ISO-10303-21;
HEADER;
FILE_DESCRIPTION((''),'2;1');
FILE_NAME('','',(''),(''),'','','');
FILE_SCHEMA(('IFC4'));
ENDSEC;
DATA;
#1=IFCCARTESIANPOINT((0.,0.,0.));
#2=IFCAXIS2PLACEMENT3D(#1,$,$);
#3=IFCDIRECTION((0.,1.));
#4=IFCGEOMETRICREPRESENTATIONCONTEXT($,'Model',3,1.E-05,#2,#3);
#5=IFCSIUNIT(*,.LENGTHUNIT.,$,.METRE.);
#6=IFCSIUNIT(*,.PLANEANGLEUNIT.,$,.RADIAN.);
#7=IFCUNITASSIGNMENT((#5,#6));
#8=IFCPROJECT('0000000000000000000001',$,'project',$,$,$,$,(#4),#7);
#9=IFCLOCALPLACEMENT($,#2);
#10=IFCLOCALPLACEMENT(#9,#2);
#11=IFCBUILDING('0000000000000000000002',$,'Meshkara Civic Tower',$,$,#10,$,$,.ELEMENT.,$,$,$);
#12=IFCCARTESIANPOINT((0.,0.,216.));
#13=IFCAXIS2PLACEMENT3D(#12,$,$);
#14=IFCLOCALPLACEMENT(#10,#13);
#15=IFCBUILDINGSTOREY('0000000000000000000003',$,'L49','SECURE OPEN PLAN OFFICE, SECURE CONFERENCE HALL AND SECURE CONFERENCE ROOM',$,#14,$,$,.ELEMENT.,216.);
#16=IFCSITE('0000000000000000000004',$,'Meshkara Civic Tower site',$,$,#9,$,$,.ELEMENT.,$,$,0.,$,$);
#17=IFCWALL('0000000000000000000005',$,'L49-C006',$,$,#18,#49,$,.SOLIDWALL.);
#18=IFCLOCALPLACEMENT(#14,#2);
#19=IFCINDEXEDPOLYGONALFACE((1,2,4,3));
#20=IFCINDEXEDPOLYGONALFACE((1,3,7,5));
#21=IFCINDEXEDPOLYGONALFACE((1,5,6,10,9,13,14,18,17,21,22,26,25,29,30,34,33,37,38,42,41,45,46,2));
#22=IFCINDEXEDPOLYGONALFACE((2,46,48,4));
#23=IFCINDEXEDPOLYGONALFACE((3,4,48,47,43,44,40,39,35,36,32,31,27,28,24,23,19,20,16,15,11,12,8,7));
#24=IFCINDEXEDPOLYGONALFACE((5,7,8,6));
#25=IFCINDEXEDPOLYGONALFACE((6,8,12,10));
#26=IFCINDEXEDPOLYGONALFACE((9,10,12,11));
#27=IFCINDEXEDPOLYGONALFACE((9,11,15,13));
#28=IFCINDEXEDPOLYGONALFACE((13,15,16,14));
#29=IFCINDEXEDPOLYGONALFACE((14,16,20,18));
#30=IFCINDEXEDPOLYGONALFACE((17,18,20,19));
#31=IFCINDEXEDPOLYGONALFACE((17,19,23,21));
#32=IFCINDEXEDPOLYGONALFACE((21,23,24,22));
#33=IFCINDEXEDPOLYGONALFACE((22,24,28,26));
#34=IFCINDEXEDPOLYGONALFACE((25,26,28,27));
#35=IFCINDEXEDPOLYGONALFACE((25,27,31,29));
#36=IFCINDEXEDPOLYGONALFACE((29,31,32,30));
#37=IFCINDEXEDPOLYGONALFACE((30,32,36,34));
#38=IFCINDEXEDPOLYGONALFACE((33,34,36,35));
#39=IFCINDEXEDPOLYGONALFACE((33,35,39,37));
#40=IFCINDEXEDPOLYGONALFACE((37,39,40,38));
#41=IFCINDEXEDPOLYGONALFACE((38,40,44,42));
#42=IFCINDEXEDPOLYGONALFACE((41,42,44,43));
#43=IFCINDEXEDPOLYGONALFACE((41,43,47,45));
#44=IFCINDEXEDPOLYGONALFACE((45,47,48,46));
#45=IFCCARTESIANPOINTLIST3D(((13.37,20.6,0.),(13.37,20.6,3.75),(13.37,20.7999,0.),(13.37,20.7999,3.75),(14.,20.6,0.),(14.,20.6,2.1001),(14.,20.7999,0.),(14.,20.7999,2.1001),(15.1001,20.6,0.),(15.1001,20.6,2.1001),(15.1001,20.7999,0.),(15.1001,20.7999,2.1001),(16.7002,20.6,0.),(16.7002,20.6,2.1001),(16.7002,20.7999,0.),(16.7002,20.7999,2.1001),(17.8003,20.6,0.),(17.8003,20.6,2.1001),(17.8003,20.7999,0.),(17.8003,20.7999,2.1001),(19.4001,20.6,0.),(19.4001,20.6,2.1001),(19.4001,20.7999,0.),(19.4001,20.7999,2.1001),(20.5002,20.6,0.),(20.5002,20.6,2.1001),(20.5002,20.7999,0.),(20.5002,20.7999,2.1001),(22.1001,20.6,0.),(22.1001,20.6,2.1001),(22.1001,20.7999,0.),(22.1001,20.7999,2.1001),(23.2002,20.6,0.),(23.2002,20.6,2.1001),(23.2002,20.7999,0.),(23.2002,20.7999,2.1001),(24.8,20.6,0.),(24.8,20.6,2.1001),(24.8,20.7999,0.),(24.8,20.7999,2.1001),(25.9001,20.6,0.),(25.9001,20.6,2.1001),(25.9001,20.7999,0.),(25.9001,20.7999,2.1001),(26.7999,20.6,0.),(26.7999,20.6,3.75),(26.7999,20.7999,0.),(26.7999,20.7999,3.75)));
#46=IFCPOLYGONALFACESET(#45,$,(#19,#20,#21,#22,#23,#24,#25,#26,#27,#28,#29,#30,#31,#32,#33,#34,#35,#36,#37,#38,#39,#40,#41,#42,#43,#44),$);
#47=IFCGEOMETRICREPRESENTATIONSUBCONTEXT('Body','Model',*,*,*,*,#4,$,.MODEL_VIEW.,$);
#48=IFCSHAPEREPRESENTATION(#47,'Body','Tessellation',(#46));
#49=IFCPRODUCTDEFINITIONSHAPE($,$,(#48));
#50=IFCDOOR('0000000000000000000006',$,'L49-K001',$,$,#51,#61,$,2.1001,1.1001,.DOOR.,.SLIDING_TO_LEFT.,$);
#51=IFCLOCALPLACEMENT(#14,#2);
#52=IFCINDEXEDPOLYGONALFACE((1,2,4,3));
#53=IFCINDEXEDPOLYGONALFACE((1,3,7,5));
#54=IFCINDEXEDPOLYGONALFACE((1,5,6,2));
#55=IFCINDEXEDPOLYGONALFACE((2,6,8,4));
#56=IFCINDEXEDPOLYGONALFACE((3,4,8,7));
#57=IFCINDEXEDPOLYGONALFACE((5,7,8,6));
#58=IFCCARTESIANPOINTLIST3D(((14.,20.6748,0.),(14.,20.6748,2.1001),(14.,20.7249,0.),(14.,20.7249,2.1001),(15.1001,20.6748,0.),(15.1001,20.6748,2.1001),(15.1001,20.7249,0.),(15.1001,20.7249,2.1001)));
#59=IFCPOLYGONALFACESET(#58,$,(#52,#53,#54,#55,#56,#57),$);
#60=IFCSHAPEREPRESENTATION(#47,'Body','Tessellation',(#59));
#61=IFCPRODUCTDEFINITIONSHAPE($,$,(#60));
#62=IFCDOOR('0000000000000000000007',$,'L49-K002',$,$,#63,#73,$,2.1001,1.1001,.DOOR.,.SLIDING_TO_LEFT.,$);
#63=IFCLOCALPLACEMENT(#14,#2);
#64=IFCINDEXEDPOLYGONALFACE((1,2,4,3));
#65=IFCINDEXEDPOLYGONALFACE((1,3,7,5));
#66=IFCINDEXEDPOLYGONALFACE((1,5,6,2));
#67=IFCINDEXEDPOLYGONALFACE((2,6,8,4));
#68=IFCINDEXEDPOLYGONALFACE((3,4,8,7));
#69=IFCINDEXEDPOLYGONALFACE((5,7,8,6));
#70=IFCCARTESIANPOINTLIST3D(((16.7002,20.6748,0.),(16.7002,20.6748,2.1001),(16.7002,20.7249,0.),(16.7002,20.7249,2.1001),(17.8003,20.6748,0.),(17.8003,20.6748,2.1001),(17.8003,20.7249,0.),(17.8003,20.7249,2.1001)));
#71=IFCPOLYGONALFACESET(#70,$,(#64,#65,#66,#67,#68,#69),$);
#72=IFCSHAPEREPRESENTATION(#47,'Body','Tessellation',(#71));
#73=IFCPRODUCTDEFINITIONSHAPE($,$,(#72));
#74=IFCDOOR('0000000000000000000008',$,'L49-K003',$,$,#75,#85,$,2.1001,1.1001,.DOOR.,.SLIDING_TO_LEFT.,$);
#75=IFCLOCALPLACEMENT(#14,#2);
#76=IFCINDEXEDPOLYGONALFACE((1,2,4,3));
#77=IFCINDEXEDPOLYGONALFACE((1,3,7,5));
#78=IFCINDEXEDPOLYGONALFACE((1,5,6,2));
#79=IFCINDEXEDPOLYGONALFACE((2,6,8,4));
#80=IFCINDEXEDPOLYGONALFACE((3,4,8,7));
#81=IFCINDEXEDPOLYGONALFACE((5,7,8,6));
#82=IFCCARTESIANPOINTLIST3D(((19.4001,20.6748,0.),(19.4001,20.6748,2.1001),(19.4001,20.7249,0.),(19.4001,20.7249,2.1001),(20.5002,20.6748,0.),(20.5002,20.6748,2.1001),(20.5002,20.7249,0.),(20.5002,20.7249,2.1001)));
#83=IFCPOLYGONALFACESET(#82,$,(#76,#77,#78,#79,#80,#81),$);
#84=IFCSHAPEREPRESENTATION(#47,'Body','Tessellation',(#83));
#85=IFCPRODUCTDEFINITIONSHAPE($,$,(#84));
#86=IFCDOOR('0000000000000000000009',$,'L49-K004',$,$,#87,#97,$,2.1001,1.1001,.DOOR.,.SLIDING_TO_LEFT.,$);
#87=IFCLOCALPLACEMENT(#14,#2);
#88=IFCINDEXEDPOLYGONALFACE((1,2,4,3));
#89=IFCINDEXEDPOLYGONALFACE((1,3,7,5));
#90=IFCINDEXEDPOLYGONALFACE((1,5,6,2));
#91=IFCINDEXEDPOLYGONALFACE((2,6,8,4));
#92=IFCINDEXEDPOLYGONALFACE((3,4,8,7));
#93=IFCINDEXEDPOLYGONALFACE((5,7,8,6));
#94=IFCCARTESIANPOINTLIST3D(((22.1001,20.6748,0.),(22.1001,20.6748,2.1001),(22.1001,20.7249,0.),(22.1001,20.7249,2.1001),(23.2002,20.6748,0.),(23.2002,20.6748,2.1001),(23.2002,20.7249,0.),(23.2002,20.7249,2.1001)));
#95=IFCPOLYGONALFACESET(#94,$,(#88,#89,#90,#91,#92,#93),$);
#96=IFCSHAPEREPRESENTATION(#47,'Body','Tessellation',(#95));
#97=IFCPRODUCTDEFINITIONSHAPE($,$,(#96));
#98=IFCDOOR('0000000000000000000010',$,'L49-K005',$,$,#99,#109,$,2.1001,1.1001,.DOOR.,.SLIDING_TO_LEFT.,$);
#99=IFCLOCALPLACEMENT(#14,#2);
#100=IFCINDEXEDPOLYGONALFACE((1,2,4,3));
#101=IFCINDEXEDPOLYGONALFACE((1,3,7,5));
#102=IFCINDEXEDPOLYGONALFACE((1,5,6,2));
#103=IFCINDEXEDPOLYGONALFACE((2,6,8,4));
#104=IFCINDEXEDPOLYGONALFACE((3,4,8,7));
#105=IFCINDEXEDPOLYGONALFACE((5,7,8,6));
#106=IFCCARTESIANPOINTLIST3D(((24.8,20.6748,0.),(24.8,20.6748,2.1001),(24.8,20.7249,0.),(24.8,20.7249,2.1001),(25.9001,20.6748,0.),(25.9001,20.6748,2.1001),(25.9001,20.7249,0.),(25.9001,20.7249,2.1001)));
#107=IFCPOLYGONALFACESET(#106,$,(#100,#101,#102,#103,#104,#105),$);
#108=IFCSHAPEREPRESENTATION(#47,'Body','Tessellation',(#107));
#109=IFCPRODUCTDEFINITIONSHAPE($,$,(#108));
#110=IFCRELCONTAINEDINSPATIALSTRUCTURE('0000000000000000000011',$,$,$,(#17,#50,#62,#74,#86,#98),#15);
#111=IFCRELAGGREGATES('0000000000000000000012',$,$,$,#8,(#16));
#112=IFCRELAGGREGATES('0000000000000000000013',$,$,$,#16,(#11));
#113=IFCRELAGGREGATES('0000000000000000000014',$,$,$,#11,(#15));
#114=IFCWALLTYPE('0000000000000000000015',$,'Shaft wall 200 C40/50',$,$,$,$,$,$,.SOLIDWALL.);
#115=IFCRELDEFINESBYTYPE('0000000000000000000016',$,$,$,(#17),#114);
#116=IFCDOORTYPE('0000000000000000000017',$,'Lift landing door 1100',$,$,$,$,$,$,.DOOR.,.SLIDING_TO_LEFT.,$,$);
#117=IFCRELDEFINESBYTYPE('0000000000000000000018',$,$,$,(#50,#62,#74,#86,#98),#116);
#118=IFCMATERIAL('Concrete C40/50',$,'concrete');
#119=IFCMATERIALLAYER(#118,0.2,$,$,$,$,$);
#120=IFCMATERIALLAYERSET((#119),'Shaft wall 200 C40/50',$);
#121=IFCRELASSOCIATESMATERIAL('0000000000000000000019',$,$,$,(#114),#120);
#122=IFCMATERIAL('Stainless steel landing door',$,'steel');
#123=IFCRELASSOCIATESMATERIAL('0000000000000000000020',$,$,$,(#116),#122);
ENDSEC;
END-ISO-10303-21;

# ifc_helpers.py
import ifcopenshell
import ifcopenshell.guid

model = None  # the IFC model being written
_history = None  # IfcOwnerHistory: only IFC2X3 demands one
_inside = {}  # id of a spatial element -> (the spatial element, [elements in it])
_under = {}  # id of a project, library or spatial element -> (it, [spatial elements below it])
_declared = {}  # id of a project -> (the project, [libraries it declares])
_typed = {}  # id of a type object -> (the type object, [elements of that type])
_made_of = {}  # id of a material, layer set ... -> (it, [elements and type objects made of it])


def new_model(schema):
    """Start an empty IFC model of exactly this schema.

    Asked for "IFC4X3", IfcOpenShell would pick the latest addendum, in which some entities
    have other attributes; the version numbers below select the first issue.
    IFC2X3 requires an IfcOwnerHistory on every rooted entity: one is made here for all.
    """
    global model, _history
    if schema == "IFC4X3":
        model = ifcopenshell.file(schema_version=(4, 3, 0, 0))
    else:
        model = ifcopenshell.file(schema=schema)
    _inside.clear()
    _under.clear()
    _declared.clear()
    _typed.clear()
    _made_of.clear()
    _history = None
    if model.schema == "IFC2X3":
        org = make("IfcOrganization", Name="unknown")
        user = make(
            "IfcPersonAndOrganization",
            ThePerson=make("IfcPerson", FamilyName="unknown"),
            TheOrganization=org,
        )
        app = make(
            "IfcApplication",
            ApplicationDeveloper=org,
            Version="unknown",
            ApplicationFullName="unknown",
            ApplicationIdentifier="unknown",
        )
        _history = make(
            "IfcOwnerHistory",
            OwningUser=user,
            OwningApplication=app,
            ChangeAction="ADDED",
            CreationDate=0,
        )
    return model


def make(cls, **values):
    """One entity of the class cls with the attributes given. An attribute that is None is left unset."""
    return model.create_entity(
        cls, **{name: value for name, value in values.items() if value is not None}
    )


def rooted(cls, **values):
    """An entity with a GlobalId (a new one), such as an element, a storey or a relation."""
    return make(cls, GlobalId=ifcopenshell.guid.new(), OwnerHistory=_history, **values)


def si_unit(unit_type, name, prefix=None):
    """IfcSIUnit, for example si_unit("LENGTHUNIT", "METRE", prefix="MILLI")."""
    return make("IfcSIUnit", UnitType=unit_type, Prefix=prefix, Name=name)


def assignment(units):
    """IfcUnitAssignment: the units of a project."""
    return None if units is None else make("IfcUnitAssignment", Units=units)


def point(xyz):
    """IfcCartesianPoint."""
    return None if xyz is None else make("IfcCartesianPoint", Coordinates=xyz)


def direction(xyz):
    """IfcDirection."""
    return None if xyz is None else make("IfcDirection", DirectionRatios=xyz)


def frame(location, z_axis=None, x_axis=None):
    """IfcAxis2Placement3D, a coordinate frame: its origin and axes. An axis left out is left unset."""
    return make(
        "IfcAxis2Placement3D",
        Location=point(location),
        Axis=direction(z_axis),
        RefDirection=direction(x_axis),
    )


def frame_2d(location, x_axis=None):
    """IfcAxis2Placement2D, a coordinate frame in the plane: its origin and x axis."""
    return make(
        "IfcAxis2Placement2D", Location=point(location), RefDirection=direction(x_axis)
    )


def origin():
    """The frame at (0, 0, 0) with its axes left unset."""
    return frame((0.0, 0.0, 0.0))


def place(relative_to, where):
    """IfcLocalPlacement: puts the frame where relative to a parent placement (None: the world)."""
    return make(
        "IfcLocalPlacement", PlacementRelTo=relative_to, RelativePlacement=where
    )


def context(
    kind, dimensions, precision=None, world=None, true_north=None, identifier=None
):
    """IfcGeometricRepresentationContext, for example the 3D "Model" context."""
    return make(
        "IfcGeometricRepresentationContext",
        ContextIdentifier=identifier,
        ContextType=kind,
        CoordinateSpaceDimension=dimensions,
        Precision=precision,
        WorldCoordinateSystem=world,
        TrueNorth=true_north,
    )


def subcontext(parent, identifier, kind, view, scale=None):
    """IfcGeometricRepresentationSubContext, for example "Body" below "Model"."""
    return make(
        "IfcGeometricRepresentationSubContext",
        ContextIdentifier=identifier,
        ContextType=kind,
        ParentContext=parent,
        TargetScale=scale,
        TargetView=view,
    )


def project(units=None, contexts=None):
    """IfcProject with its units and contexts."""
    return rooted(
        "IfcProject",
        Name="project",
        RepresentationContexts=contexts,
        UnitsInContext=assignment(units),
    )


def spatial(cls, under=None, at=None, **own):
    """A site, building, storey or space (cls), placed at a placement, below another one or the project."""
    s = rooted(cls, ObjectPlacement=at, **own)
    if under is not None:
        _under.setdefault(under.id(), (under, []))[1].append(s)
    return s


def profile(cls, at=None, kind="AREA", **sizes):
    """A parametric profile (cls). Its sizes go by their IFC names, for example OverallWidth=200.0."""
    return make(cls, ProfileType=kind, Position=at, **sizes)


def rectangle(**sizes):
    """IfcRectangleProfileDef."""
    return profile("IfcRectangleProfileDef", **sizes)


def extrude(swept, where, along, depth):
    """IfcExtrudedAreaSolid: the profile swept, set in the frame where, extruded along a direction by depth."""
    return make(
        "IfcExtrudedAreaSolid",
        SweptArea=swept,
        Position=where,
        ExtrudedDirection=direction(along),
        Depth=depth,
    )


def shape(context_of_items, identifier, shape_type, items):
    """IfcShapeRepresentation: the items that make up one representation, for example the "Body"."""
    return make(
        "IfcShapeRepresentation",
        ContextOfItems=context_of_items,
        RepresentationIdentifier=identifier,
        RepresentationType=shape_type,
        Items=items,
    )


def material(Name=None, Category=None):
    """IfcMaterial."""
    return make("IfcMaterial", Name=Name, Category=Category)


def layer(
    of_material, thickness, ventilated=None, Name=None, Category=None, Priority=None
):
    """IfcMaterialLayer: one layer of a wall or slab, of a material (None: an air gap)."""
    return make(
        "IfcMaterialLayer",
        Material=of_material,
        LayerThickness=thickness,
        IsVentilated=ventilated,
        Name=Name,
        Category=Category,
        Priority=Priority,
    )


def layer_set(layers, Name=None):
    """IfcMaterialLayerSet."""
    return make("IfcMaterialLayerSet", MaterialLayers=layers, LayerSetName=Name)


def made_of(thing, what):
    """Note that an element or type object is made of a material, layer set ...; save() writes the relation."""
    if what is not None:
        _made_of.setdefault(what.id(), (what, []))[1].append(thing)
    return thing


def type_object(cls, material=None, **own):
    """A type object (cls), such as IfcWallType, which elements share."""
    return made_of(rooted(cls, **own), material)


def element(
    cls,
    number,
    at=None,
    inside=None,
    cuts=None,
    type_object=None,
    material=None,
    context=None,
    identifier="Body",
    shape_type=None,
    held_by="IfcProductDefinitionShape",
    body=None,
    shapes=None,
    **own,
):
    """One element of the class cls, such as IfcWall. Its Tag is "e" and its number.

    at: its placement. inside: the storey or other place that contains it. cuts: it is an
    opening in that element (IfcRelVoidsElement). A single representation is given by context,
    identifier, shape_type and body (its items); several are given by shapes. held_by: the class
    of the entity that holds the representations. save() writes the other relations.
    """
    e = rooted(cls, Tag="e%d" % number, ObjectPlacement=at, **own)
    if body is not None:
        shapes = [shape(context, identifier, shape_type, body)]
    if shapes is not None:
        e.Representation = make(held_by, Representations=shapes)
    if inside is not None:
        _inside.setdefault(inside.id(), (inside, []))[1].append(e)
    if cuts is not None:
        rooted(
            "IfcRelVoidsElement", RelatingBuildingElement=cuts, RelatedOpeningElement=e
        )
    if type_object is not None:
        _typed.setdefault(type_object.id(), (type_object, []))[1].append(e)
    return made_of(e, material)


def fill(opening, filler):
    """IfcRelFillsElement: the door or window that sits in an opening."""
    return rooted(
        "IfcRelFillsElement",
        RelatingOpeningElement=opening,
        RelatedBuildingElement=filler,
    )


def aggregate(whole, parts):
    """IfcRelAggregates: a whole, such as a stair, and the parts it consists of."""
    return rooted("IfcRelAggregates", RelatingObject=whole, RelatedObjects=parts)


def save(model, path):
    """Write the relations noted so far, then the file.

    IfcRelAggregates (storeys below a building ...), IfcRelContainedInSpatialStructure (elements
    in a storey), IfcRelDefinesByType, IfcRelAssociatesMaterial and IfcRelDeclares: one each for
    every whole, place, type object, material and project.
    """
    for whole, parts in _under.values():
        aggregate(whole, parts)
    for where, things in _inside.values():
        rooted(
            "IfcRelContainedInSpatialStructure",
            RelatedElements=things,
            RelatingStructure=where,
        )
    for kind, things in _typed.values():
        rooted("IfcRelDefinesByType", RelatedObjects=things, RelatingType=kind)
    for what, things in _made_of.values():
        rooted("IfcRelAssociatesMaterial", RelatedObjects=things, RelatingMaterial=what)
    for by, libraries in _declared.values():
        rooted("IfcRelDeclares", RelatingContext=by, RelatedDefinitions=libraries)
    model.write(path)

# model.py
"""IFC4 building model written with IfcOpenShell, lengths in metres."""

from ifc_helpers import new_model, si_unit, direction, frame, frame_2d, origin, place, context, subcontext, project, spatial, rectangle, extrude, material, layer, layer_set, type_object, element, fill, save


model = new_model("IFC4")

# Units and contexts
model_context = context("Model", 3, precision=1e-05, world=origin(), true_north=direction((0.0, 1.0)))
body_context = subcontext(model_context, "Body", "Model", "MODEL_VIEW")
ifc_project = project(units=[si_unit("LENGTHUNIT", "METRE"), si_unit("PLANEANGLEUNIT", "RADIAN")], contexts=[model_context])

# Site, building, storey
site_placement = place(None, origin())
site = spatial("IfcSite", under=ifc_project, at=site_placement, Name="Meshkara Civic Tower site", CompositionType="ELEMENT", RefElevation=0.0)
building_placement = place(site_placement, origin())
building = spatial("IfcBuilding", under=site, at=building_placement, Name="Meshkara Civic Tower", CompositionType="ELEMENT")
storey_placement = place(building_placement, frame((0.0, 0.0, 216.0)))
storey = spatial("IfcBuildingStorey", under=building, at=storey_placement, Name="L49", Description="SECURE OPEN PLAN OFFICE, SECURE CONFERENCE HALL AND SECURE CONFERENCE ROOM", CompositionType="ELEMENT", Elevation=216.0)

# Wall, openings, doors
ifc_material_1 = material(Name="Concrete C40/50", Category="concrete")
ifc_layer_1 = layer(ifc_material_1, 0.2)
ifc_layer_set_1 = layer_set([ifc_layer_1], Name="Shaft wall 200 C40/50")
wall_type_1 = type_object("IfcWallType", Name="Shaft wall 200 C40/50", PredefinedType="SOLIDWALL", material=ifc_layer_set_1)
wall_1_placement = place(storey_placement, frame((13.3701, 20.7, 0.0), z_axis=(0.0, 0.0, 1.0), x_axis=(1.0, 0.0, 0.0)))
wall_1 = element("IfcWall", 1, at=wall_1_placement, inside=storey, type_object=wall_type_1, Name="L49-C006", PredefinedType="SOLIDWALL", context=body_context, shape_type="SweptSolid", body=[
    extrude(rectangle(XDim=13.4299, YDim=0.2, at=frame_2d((6.7148, 0.0))), origin(), (0.0, 0.0, 1.0), 3.75),
])
opening_1_placement = place(wall_1_placement, frame((0.6299, 0.0, 0.0)))
opening_1 = element("IfcOpeningElement", 2, at=opening_1_placement, cuts=wall_1, PredefinedType="OPENING", context=body_context, shape_type="SweptSolid", body=[
    extrude(rectangle(XDim=1.1001, YDim=2.1001, at=frame_2d((0.55, 1.05))), frame((0.0, 0.1099, 0.0), z_axis=(0.0, -1.0, 0.0), x_axis=(1.0, 0.0, 0.0)), (0.0, 0.0, 1.0), 0.22),
])
opening_2_placement = place(wall_1_placement, frame((3.3301, 0.0, 0.0)))
opening_2 = element("IfcOpeningElement", 3, at=opening_2_placement, cuts=wall_1, PredefinedType="OPENING", context=body_context, shape_type="SweptSolid", body=[
    extrude(rectangle(XDim=1.1001, YDim=2.1001, at=frame_2d((0.55, 1.05))), frame((0.0, 0.1099, 0.0), z_axis=(0.0, -1.0, 0.0), x_axis=(1.0, 0.0, 0.0)), (0.0, 0.0, 1.0), 0.22),
])
opening_3_placement = place(wall_1_placement, frame((6.03, 0.0, 0.0)))
opening_3 = element("IfcOpeningElement", 4, at=opening_3_placement, cuts=wall_1, PredefinedType="OPENING", context=body_context, shape_type="SweptSolid", body=[
    extrude(rectangle(XDim=1.1001, YDim=2.1001, at=frame_2d((0.55, 1.05))), frame((0.0, 0.1099, 0.0), z_axis=(0.0, -1.0, 0.0), x_axis=(1.0, 0.0, 0.0)), (0.0, 0.0, 1.0), 0.22),
])
opening_4_placement = place(wall_1_placement, frame((8.73, 0.0, 0.0)))
opening_4 = element("IfcOpeningElement", 5, at=opening_4_placement, cuts=wall_1, PredefinedType="OPENING", context=body_context, shape_type="SweptSolid", body=[
    extrude(rectangle(XDim=1.1001, YDim=2.1001, at=frame_2d((0.55, 1.05))), frame((0.0, 0.1099, 0.0), z_axis=(0.0, -1.0, 0.0), x_axis=(1.0, 0.0, 0.0)), (0.0, 0.0, 1.0), 0.22),
])
opening_5_placement = place(wall_1_placement, frame((11.4299, 0.0, 0.0)))
opening_5 = element("IfcOpeningElement", 6, at=opening_5_placement, cuts=wall_1, PredefinedType="OPENING", context=body_context, shape_type="SweptSolid", body=[
    extrude(rectangle(XDim=1.1001, YDim=2.1001, at=frame_2d((0.55, 1.05))), frame((0.0, 0.1099, 0.0), z_axis=(0.0, -1.0, 0.0), x_axis=(1.0, 0.0, 0.0)), (0.0, 0.0, 1.0), 0.22),
])
ifc_material_2 = material(Name="Stainless steel landing door", Category="steel")
door_type_1 = type_object("IfcDoorType", Name="Lift landing door 1100", OperationType="SLIDING_TO_LEFT", PredefinedType="DOOR", material=ifc_material_2)
door_1_placement = place(opening_1_placement, origin())
door_1 = element("IfcDoor", 7, at=door_1_placement, inside=storey, type_object=door_type_1, Name="L49-K001", OperationType="SLIDING_TO_LEFT", OverallHeight=2.1001, OverallWidth=1.1001, PredefinedType="DOOR", context=body_context, shape_type="SweptSolid", body=[
    extrude(rectangle(XDim=1.1001, YDim=2.1001, at=frame_2d((0.55, 1.05))), frame((0.0, 0.0249, 0.0), z_axis=(0.0, -1.0, 0.0), x_axis=(1.0, 0.0, 0.0)), (0.0, 0.0, 1.0), 0.05),
])
fill(opening_1, door_1)
door_2_placement = place(opening_2_placement, origin())
door_2 = element("IfcDoor", 8, at=door_2_placement, inside=storey, type_object=door_type_1, Name="L49-K002", OperationType="SLIDING_TO_LEFT", OverallHeight=2.1001, OverallWidth=1.1001, PredefinedType="DOOR", context=body_context, shape_type="SweptSolid", body=[
    extrude(rectangle(XDim=1.1001, YDim=2.1001, at=frame_2d((0.55, 1.05))), frame((0.0, 0.0249, 0.0), z_axis=(0.0, -1.0, 0.0), x_axis=(1.0, 0.0, 0.0)), (0.0, 0.0, 1.0), 0.05),
])
fill(opening_2, door_2)
door_3_placement = place(opening_3_placement, origin())
door_3 = element("IfcDoor", 9, at=door_3_placement, inside=storey, type_object=door_type_1, Name="L49-K003", OperationType="SLIDING_TO_LEFT", OverallHeight=2.1001, OverallWidth=1.1001, PredefinedType="DOOR", context=body_context, shape_type="SweptSolid", body=[
    extrude(rectangle(XDim=1.1001, YDim=2.1001, at=frame_2d((0.55, 1.05))), frame((0.0, 0.0249, 0.0), z_axis=(0.0, -1.0, 0.0), x_axis=(1.0, 0.0, 0.0)), (0.0, 0.0, 1.0), 0.05),
])
fill(opening_3, door_3)
door_4_placement = place(opening_4_placement, origin())
door_4 = element("IfcDoor", 10, at=door_4_placement, inside=storey, type_object=door_type_1, Name="L49-K004", OperationType="SLIDING_TO_LEFT", OverallHeight=2.1001, OverallWidth=1.1001, PredefinedType="DOOR", context=body_context, shape_type="SweptSolid", body=[
    extrude(rectangle(XDim=1.1001, YDim=2.1001, at=frame_2d((0.55, 1.05))), frame((0.0, 0.0249, 0.0), z_axis=(0.0, -1.0, 0.0), x_axis=(1.0, 0.0, 0.0)), (0.0, 0.0, 1.0), 0.05),
])
fill(opening_4, door_4)
door_5_placement = place(opening_5_placement, origin())
door_5 = element("IfcDoor", 11, at=door_5_placement, inside=storey, type_object=door_type_1, Name="L49-K005", OperationType="SLIDING_TO_LEFT", OverallHeight=2.1001, OverallWidth=1.1001, PredefinedType="DOOR", context=body_context, shape_type="SweptSolid", body=[
    extrude(rectangle(XDim=1.1001, YDim=2.1001, at=frame_2d((0.55, 1.05))), frame((0.0, 0.0249, 0.0), z_axis=(0.0, -1.0, 0.0), x_axis=(1.0, 0.0, 0.0)), (0.0, 0.0, 1.0), 0.05),
])
fill(opening_5, door_5)

save(model, "model.ifc")
